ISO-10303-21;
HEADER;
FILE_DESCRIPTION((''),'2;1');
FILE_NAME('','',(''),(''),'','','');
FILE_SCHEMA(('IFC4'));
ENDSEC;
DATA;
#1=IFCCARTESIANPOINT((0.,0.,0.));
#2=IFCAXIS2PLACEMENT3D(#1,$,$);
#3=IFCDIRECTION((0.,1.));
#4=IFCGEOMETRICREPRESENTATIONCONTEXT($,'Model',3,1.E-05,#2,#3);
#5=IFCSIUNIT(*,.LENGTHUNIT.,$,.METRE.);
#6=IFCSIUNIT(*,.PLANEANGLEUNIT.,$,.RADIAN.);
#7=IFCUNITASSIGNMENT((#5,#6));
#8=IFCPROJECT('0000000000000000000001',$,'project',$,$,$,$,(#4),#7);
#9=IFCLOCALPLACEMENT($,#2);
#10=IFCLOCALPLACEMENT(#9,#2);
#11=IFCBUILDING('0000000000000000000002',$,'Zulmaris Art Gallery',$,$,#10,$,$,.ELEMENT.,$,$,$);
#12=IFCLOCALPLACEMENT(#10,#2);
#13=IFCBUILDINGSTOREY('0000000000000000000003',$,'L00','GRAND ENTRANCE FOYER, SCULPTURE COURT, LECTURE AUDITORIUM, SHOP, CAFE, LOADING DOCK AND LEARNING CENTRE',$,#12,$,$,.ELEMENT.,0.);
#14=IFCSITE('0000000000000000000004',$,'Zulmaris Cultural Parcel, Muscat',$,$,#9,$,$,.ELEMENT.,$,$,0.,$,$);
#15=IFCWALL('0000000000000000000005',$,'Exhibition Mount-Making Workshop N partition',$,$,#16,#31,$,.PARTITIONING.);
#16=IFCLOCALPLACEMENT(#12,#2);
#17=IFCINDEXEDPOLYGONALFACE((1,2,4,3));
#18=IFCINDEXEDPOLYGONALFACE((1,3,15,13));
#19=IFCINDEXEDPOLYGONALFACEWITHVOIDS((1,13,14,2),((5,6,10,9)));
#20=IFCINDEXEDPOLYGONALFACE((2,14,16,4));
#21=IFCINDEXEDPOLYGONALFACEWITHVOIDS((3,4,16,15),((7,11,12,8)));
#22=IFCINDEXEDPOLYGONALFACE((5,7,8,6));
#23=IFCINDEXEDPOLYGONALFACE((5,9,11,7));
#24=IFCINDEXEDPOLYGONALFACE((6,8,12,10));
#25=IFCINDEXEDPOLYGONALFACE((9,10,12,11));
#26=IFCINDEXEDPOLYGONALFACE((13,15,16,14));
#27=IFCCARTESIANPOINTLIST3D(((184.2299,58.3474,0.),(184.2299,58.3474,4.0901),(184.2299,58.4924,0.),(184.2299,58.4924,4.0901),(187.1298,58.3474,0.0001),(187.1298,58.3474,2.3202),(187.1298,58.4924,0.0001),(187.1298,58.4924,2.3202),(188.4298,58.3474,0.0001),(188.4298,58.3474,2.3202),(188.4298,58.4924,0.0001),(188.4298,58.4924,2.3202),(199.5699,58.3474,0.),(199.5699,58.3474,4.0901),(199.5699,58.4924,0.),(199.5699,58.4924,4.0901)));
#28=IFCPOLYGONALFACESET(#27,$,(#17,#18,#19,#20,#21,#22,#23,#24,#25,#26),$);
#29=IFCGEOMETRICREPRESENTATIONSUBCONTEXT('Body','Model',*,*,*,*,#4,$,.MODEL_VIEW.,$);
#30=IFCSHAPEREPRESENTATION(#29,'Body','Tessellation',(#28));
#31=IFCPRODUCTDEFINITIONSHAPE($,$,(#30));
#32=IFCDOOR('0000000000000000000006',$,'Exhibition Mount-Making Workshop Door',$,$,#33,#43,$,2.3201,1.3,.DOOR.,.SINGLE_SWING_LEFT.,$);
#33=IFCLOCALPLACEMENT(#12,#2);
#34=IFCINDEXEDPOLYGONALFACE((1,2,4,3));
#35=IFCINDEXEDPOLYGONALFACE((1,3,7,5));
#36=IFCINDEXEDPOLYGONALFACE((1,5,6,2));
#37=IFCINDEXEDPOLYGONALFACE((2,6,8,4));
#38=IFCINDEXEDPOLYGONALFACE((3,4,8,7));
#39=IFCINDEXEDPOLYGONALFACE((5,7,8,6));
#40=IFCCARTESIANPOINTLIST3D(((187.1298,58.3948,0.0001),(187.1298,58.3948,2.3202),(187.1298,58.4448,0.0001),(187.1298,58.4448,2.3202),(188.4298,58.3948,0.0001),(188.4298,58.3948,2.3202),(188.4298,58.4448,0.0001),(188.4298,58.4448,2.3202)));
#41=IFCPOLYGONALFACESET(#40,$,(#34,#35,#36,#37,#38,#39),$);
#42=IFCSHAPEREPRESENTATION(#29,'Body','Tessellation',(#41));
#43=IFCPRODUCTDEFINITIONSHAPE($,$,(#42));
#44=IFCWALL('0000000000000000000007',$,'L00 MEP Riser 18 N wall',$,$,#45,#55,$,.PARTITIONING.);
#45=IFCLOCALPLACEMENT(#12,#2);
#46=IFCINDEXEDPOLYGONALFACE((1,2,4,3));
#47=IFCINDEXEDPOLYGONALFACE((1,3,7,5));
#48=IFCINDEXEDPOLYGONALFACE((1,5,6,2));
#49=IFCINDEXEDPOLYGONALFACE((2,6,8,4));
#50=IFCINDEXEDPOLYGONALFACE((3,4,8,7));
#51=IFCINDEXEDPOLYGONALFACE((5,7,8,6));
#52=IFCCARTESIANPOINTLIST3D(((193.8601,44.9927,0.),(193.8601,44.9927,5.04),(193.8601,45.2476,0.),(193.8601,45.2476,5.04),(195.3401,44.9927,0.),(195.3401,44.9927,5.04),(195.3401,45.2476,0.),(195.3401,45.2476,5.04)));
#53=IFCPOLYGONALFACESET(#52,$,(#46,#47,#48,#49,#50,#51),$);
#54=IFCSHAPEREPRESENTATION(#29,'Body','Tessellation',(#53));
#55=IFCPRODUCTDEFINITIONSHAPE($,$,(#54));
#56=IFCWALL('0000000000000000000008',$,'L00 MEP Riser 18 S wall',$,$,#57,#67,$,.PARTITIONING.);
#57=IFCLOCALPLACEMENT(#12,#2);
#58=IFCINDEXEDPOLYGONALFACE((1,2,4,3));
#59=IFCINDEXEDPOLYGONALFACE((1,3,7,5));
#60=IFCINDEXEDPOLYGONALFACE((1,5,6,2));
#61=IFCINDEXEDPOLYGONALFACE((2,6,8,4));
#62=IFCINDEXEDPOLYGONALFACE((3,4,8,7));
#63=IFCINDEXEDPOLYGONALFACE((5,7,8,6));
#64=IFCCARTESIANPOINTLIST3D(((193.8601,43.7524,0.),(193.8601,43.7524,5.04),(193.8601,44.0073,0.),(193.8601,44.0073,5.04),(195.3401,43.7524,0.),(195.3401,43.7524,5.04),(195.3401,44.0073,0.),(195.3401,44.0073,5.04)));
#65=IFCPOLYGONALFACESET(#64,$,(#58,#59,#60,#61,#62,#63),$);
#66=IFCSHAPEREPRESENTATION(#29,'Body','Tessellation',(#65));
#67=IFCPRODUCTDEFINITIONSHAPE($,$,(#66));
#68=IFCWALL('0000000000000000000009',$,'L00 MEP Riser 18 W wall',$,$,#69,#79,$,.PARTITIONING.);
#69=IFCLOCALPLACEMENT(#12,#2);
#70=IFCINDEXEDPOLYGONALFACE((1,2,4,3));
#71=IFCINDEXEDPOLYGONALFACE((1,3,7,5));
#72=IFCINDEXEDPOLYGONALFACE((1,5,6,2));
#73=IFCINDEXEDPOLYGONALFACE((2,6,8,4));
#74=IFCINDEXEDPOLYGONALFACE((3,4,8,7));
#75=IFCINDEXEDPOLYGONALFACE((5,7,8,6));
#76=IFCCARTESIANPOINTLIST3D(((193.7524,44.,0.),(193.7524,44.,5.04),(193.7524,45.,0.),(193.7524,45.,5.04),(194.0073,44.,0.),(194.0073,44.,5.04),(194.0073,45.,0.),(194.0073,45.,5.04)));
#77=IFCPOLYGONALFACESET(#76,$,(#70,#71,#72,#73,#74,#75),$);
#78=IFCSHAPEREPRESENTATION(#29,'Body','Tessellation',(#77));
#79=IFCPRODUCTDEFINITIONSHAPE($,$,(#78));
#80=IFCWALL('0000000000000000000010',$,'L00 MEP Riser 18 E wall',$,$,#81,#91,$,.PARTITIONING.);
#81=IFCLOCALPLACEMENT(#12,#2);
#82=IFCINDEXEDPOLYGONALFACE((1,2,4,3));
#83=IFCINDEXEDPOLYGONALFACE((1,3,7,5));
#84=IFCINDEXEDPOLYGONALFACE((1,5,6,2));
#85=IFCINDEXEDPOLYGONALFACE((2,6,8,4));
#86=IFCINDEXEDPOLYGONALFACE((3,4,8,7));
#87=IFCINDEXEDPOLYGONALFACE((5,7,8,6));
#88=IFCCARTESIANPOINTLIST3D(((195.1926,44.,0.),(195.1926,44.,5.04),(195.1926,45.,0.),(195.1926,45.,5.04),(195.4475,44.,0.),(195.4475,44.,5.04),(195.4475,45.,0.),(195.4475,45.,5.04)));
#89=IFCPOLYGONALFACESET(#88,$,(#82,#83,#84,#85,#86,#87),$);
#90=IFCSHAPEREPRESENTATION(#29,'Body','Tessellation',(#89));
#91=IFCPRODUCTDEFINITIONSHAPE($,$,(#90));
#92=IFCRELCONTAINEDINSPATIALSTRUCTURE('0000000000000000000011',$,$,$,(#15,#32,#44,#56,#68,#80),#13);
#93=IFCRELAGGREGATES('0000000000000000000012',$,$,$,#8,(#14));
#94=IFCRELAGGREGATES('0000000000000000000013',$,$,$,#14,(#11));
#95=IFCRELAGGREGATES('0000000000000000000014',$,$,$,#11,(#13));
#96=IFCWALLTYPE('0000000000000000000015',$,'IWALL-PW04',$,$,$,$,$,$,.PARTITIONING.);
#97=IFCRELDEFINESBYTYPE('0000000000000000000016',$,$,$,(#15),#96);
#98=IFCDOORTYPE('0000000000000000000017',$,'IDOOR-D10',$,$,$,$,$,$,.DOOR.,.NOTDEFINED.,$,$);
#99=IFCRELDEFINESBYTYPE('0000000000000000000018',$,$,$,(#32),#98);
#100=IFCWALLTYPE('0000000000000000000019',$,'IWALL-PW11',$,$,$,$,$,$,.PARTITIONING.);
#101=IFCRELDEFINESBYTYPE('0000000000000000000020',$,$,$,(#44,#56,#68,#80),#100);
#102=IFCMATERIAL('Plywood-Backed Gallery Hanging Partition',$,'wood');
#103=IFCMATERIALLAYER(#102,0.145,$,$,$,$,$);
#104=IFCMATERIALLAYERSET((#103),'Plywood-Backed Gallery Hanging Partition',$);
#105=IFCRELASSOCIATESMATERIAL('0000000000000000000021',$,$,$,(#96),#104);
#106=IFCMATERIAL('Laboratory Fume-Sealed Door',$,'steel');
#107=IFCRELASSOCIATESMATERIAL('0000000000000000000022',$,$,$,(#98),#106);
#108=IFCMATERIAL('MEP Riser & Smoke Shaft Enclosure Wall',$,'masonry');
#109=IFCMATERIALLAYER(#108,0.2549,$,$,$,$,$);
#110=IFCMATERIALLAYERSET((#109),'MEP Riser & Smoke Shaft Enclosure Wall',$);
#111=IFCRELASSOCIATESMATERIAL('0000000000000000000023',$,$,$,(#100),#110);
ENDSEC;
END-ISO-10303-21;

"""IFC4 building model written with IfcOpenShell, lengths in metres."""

from ifc_helpers import new_model, si_unit, direction, frame, frame_2d, origin, place, context, subcontext, project, spatial, rectangle, extrude, material, layer, layer_set, type_object, element, fill, save


model = new_model("IFC4")

# Units and contexts
model_context = context("Model", 3, precision=1e-05, world=origin(), true_north=direction((0.0, 1.0)))
body_context = subcontext(model_context, "Body", "Model", "MODEL_VIEW")
ifc_project = project(units=[si_unit("LENGTHUNIT", "METRE"), si_unit("PLANEANGLEUNIT", "RADIAN")], contexts=[model_context])

# Site, building, storey
site_placement = place(None, origin())
site = spatial("IfcSite", under=ifc_project, at=site_placement, Name="Zulmaris Cultural Parcel, Muscat", CompositionType="ELEMENT", RefElevation=0.0)
building_placement = place(site_placement, origin())
building = spatial("IfcBuilding", under=site, at=building_placement, Name="Zulmaris Art Gallery", CompositionType="ELEMENT")
storey_placement = place(building_placement, origin())
storey = spatial("IfcBuildingStorey", under=building, at=storey_placement, Name="L00", Description="GRAND ENTRANCE FOYER, SCULPTURE COURT, LECTURE AUDITORIUM, SHOP, CAFE, LOADING DOCK AND LEARNING CENTRE", CompositionType="ELEMENT", Elevation=0.0)

# Wall, opening, door
ifc_material_1 = material(Name="Plywood-Backed Gallery Hanging Partition", Category="wood")
ifc_layer_1 = layer(ifc_material_1, 0.145)
ifc_layer_set_1 = layer_set([ifc_layer_1], Name="Plywood-Backed Gallery Hanging Partition")
wall_type_1 = type_object("IfcWallType", Name="IWALL-PW04", PredefinedType="PARTITIONING", material=ifc_layer_set_1)
wall_1_placement = place(storey_placement, frame((184.23, 58.4199, 0.0), z_axis=(0.0, 0.0, 1.0), x_axis=(1.0, 0.0, 0.0)))
wall_1 = element("IfcWall", 1, at=wall_1_placement, inside=storey, type_object=wall_type_1, Name="Exhibition Mount-Making Workshop N partition", PredefinedType="PARTITIONING", context=body_context, shape_type="SweptSolid", body=[
    extrude(rectangle(XDim=15.3401, YDim=0.145, at=frame_2d((7.6699, 0.0))), origin(), (0.0, 0.0, 1.0), 4.0901),
])
opening_placement = place(wall_1_placement, frame((2.8999, 0.0, 0.0)))
opening = element("IfcOpeningElement", 2, at=opening_placement, cuts=wall_1, PredefinedType="OPENING", context=body_context, shape_type="SweptSolid", body=[
    extrude(rectangle(XDim=1.3, YDim=2.3201, at=frame_2d((0.6499, 1.1602))), frame((0.0, 0.0825, 0.0), z_axis=(0.0, -1.0, 0.0), x_axis=(1.0, 0.0, 0.0)), (0.0, 0.0, 1.0), 0.165),
])
ifc_material_2 = material(Name="Laboratory Fume-Sealed Door", Category="steel")
door_type = type_object("IfcDoorType", Name="IDOOR-D10", OperationType="NOTDEFINED", PredefinedType="DOOR", material=ifc_material_2)
door_placement = place(opening_placement, origin())
door = element("IfcDoor", 3, at=door_placement, inside=storey, type_object=door_type, Name="Exhibition Mount-Making Workshop Door", OperationType="SINGLE_SWING_LEFT", OverallHeight=2.3201, OverallWidth=1.3, PredefinedType="DOOR", context=body_context, shape_type="SweptSolid", body=[
    extrude(rectangle(XDim=1.3, YDim=2.3201, at=frame_2d((0.6499, 1.1602))), frame((0.0, 0.0249, 0.0), z_axis=(0.0, -1.0, 0.0), x_axis=(1.0, 0.0, 0.0)), (0.0, 0.0, 1.0), 0.05),
])
fill(opening, door)

# Walls
ifc_material_3 = material(Name="MEP Riser & Smoke Shaft Enclosure Wall", Category="masonry")
ifc_layer_2 = layer(ifc_material_3, 0.2549)
ifc_layer_set_2 = layer_set([ifc_layer_2], Name="MEP Riser & Smoke Shaft Enclosure Wall")
wall_type_2 = type_object("IfcWallType", Name="IWALL-PW11", PredefinedType="PARTITIONING", material=ifc_layer_set_2)
for number, where, z_axis, x_axis, name in (
    (4, (193.8601, 45.1201, 0.0), (0.0, 0.0, 1.0), (1.0, 0.0, 0.0), "L00 MEP Riser 18 N wall"),
    (5, (193.8601, 43.8799, 0.0), (0.0, 0.0, 1.0), (1.0, 0.0, 0.0), "L00 MEP Riser 18 S wall"),
):
    element("IfcWall", number, at=place(storey_placement, frame(where, z_axis=z_axis, x_axis=x_axis)), inside=storey, type_object=wall_type_2, Name=name, PredefinedType="PARTITIONING", context=body_context, shape_type="SweptSolid", body=[
        extrude(rectangle(XDim=1.48, YDim=0.2549, at=frame_2d((0.74, 0.0))), origin(), (0.0, 0.0, 1.0), 5.04),
    ])
for number, where, z_axis, x_axis, name in (
    (6, (193.8799, 44.0, 0.0), (0.0, 0.0, 1.0), (0.0, 1.0, 0.0), "L00 MEP Riser 18 W wall"),
    (7, (195.3201, 44.0, 0.0), (0.0, 0.0, 1.0), (0.0, 1.0, 0.0), "L00 MEP Riser 18 E wall"),
):
    element("IfcWall", number, at=place(storey_placement, frame(where, z_axis=z_axis, x_axis=x_axis)), inside=storey, type_object=wall_type_2, Name=name, PredefinedType="PARTITIONING", context=body_context, shape_type="SweptSolid", body=[
        extrude(rectangle(XDim=1.0, YDim=0.2549, at=frame_2d((0.5, 0.0))), origin(), (0.0, 0.0, 1.0), 5.04),
    ])

save(model, "model.ifc")
